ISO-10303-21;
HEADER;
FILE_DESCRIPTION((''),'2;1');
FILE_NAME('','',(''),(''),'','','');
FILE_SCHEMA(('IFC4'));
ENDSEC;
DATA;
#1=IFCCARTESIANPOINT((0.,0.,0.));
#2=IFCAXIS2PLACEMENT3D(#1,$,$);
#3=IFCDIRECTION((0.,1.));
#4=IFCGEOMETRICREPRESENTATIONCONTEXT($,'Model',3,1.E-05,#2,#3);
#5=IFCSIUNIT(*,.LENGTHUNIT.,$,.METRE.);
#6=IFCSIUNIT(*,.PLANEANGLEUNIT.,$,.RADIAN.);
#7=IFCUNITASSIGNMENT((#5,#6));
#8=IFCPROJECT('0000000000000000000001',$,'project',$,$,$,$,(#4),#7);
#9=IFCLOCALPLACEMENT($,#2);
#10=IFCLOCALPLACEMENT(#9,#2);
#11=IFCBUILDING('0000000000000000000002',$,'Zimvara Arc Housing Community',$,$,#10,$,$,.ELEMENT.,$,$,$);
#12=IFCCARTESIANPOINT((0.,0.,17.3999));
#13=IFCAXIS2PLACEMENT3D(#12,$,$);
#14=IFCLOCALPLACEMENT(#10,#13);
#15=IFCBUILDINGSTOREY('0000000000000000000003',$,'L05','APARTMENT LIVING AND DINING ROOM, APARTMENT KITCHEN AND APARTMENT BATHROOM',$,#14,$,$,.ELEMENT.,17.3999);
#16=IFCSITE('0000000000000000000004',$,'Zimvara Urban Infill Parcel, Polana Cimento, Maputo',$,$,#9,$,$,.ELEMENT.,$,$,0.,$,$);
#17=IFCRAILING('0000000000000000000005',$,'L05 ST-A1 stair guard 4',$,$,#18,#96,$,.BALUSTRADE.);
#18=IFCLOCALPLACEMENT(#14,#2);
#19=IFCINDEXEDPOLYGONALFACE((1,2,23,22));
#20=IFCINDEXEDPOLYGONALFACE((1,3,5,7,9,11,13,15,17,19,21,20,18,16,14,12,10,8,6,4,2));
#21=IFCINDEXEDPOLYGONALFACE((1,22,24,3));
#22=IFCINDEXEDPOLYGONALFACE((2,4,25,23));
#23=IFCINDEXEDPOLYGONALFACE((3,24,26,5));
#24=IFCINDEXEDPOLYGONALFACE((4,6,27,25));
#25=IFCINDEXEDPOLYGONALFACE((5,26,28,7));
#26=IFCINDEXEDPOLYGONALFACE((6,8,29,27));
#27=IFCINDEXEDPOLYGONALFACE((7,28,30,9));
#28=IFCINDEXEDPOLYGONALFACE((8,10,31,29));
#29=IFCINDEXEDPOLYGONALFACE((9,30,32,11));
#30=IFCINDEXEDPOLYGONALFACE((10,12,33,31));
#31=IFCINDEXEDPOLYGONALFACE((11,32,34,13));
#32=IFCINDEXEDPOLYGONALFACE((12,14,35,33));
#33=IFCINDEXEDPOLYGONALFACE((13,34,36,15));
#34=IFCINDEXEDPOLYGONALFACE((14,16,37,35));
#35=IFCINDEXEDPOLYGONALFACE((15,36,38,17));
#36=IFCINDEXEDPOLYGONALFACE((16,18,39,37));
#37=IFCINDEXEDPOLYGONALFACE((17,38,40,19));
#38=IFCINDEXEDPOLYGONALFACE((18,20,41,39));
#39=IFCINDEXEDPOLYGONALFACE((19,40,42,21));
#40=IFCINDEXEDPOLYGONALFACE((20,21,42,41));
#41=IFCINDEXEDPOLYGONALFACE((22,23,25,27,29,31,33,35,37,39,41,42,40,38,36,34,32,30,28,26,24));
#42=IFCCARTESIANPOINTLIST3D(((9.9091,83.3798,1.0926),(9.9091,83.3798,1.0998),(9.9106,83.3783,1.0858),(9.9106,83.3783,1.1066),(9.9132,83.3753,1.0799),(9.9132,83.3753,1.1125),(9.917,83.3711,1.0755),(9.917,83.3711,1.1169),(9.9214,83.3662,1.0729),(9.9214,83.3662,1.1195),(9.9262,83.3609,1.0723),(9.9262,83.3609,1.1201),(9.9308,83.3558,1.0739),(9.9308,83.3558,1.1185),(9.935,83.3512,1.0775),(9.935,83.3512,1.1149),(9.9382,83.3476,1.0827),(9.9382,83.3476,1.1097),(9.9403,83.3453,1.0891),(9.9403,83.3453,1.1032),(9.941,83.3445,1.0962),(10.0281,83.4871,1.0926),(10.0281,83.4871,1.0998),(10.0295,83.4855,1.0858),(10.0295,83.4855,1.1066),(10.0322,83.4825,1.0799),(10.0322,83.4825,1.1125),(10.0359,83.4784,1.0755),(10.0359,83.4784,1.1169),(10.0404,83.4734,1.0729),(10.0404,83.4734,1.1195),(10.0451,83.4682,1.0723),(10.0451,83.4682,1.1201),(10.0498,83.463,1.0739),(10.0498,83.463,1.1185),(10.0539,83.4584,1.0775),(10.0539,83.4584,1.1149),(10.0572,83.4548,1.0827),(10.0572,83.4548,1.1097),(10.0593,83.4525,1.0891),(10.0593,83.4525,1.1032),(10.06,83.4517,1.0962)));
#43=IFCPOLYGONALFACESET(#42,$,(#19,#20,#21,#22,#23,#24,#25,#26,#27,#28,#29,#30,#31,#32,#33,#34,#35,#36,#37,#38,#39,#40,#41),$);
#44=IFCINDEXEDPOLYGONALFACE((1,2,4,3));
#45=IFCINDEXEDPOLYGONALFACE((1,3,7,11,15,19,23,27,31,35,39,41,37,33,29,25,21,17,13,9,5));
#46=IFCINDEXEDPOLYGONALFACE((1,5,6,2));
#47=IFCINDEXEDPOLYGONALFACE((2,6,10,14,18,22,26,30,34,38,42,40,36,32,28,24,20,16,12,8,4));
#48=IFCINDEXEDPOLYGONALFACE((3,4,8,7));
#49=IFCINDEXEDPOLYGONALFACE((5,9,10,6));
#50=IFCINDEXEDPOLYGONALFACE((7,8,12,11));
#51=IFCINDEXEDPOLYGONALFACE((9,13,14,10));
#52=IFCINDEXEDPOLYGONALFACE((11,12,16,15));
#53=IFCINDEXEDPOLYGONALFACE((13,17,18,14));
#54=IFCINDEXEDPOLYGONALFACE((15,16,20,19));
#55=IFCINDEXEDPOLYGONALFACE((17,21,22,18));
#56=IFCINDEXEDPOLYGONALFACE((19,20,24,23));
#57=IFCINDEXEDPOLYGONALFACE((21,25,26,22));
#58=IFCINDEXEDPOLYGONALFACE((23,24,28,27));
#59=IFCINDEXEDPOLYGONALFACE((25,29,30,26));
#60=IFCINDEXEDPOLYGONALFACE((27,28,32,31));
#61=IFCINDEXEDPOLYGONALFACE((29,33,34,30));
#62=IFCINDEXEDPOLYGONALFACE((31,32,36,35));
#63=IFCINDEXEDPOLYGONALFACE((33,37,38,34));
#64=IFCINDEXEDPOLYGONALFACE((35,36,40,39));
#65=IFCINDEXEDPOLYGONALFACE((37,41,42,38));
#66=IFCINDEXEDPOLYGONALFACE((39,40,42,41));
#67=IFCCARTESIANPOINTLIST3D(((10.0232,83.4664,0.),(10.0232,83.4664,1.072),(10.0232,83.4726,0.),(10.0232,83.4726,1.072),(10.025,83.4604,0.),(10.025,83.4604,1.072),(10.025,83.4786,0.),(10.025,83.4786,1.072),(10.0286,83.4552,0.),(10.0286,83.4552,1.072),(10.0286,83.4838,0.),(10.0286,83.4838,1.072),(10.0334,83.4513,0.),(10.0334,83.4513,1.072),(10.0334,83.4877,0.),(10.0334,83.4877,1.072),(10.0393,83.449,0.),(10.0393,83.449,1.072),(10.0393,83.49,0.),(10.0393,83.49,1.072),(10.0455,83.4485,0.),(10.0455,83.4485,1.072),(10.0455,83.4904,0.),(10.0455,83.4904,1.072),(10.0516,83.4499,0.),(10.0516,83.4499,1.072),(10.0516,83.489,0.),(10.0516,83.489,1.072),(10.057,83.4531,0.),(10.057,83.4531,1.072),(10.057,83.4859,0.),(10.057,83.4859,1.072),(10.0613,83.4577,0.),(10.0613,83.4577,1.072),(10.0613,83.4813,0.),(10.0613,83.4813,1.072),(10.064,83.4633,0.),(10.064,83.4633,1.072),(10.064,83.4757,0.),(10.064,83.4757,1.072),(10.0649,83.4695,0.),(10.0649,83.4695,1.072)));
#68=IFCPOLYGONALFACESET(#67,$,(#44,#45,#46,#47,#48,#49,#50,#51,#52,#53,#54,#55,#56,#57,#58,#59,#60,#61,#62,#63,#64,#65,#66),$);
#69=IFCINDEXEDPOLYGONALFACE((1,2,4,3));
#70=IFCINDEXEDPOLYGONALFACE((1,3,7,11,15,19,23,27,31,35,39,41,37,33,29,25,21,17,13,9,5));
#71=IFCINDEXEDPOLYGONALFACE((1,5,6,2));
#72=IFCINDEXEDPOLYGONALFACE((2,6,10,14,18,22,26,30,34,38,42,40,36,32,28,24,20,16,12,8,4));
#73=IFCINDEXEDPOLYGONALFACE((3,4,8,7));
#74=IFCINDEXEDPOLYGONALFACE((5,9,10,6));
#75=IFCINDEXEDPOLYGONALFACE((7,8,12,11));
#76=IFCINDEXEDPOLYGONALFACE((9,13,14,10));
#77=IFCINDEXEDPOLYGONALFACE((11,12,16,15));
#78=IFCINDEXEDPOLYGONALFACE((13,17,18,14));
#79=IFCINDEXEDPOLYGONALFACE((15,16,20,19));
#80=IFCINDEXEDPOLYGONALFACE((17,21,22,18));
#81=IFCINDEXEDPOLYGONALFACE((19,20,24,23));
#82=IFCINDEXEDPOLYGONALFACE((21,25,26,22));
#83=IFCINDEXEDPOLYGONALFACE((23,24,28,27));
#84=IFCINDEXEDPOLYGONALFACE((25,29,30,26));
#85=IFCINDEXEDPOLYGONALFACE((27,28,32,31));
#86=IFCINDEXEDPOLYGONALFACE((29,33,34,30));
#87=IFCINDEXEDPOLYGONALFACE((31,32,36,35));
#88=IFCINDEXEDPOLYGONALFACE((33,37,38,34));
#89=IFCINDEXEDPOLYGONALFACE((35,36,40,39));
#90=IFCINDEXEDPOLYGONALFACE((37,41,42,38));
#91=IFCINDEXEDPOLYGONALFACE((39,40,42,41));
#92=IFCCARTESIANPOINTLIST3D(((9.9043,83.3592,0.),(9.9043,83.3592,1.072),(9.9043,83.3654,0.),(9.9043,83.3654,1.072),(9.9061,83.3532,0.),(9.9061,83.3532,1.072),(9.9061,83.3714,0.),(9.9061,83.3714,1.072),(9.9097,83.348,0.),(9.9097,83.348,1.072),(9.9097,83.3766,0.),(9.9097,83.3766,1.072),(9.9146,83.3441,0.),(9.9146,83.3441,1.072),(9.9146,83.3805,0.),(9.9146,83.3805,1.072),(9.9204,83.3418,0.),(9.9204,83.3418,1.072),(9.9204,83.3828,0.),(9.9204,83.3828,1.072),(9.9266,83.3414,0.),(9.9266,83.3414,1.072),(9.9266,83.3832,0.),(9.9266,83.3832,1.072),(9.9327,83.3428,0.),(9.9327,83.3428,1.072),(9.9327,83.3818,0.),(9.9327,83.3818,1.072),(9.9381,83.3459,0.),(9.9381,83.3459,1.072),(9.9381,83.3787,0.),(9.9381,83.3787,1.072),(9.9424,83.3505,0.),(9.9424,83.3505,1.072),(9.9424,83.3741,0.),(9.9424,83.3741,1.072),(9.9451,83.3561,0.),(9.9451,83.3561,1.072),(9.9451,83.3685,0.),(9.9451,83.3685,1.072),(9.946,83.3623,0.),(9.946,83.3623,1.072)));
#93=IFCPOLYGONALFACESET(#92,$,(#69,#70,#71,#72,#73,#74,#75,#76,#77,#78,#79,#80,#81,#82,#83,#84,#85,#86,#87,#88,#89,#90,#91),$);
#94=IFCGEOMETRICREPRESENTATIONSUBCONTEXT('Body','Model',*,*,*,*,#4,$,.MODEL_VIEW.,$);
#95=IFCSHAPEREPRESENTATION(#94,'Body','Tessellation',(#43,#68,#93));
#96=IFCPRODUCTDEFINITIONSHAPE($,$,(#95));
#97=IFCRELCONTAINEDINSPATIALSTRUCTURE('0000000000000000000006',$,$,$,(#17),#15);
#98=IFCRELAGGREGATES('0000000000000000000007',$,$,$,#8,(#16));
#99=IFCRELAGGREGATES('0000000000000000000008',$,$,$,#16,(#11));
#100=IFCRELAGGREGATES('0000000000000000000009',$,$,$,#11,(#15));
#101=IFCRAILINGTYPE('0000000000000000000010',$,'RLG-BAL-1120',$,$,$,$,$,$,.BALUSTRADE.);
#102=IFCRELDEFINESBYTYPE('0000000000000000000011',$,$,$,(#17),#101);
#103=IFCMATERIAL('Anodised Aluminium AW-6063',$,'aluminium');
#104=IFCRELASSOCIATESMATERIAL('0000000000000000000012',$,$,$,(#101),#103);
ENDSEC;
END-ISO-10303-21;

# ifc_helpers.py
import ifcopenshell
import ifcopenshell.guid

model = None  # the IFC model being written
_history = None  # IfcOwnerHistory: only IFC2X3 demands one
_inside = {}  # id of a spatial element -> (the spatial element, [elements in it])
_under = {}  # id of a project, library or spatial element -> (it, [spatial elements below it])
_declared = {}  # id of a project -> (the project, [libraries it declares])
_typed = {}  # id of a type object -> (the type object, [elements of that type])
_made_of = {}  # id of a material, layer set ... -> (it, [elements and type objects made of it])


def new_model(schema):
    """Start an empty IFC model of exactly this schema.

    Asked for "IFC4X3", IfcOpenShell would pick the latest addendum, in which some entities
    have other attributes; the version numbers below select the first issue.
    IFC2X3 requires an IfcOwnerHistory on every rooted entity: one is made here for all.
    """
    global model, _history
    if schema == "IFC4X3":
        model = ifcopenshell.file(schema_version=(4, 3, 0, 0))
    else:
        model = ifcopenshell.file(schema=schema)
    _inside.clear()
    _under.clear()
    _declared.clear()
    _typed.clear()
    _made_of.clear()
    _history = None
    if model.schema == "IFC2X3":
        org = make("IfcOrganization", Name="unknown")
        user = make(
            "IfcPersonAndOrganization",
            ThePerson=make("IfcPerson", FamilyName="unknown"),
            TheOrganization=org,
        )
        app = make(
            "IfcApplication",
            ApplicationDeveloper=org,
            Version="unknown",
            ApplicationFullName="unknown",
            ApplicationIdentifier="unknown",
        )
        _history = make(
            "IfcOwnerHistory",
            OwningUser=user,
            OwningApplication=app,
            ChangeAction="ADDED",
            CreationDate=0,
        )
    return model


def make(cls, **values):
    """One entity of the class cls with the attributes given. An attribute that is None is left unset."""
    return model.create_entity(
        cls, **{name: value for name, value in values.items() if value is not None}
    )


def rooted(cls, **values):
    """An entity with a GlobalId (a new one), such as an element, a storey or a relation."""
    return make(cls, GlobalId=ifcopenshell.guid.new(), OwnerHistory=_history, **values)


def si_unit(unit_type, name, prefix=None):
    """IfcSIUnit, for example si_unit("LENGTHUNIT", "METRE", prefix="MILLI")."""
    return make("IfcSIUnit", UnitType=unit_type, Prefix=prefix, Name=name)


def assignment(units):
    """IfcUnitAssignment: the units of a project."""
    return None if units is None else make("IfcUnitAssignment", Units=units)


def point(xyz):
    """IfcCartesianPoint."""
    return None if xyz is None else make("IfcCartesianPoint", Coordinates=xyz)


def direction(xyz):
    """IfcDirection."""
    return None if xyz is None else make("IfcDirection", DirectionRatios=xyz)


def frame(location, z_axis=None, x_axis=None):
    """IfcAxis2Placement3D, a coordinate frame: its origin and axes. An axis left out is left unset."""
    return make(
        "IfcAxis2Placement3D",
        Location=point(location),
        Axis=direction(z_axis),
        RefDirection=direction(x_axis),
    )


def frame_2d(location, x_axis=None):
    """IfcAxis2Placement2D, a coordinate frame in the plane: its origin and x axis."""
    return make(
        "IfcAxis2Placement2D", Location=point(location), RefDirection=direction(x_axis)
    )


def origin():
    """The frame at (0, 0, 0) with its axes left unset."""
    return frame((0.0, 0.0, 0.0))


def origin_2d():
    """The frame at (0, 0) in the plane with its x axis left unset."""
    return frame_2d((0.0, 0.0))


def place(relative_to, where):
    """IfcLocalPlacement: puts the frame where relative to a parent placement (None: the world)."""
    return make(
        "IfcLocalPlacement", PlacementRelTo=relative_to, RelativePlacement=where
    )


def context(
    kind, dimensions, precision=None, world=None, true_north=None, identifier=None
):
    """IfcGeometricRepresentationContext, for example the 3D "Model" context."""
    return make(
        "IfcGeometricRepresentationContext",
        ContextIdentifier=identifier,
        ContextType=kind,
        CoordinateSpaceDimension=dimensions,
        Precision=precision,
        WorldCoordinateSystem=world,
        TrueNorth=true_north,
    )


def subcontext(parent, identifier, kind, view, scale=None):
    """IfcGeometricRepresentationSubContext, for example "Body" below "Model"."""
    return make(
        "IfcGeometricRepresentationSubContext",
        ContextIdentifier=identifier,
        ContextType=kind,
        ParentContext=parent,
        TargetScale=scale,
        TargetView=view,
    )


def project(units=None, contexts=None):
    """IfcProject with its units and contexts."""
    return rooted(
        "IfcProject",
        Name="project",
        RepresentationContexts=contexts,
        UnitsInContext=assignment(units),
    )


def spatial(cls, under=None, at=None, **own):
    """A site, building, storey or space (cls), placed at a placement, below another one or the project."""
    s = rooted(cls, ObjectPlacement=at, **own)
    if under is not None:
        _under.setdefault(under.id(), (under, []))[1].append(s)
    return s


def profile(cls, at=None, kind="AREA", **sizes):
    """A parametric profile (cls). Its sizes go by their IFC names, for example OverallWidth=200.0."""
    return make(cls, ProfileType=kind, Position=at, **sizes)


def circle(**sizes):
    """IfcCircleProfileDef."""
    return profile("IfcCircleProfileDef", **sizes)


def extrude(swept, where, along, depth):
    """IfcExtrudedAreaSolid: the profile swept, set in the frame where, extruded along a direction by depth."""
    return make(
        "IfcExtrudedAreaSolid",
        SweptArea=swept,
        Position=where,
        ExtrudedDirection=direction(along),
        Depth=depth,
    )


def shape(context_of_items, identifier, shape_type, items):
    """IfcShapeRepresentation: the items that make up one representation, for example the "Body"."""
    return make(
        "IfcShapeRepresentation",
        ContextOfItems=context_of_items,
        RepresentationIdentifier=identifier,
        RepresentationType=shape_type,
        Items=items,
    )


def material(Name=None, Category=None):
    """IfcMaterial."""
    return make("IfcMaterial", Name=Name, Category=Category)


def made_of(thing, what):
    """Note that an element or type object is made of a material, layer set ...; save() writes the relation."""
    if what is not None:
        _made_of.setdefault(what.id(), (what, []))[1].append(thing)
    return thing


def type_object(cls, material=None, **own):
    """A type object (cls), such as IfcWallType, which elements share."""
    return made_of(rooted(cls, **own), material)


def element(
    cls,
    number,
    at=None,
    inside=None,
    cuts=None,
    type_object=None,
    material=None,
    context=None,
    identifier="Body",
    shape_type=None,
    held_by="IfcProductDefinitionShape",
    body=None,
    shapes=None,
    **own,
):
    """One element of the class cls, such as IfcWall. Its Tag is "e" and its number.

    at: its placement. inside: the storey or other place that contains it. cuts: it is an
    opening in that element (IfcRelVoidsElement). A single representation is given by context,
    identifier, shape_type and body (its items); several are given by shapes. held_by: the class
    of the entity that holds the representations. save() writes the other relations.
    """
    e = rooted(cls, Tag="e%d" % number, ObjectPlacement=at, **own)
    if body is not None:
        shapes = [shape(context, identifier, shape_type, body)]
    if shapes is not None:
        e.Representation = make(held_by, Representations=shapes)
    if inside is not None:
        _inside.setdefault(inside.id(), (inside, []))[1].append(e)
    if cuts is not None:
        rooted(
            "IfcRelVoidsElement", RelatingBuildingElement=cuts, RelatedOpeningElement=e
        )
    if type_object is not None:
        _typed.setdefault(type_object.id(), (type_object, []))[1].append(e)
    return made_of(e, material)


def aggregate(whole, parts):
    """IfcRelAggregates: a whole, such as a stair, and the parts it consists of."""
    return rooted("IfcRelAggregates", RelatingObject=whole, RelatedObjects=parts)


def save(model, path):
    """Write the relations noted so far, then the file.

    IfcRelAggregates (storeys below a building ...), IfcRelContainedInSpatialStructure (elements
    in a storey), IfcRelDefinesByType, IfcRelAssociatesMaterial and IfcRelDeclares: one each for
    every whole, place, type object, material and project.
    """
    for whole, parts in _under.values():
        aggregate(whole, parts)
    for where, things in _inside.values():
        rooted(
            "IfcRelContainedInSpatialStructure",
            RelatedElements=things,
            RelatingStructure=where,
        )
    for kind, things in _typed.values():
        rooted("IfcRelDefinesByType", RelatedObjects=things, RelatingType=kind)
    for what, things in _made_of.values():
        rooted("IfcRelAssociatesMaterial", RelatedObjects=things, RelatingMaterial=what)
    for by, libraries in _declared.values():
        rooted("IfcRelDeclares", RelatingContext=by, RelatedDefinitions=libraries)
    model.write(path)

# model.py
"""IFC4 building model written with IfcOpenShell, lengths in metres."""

from ifc_helpers import new_model, si_unit, direction, frame, origin, origin_2d, place, context, subcontext, project, spatial, circle, extrude, material, type_object, element, save


model = new_model("IFC4")

# Units and contexts
model_context = context("Model", 3, precision=1e-05, world=origin(), true_north=direction((0.0, 1.0)))
body_context = subcontext(model_context, "Body", "Model", "MODEL_VIEW")
ifc_project = project(units=[si_unit("LENGTHUNIT", "METRE"), si_unit("PLANEANGLEUNIT", "RADIAN")], contexts=[model_context])

# Site, building, storey
site_placement = place(None, origin())
site = spatial("IfcSite", under=ifc_project, at=site_placement, Name="Zimvara Urban Infill Parcel, Polana Cimento, Maputo", CompositionType="ELEMENT", RefElevation=0.0)
building_placement = place(site_placement, origin())
building = spatial("IfcBuilding", under=site, at=building_placement, Name="Zimvara Arc Housing Community", CompositionType="ELEMENT")
storey_placement = place(building_placement, frame((0.0, 0.0, 17.3999)))
storey = spatial("IfcBuildingStorey", under=building, at=storey_placement, Name="L05", Description="APARTMENT LIVING AND DINING ROOM, APARTMENT KITCHEN AND APARTMENT BATHROOM", CompositionType="ELEMENT", Elevation=17.3999)

# Railing
ifc_material_1 = material(Name="Anodised Aluminium AW-6063", Category="aluminium")
railing_type = type_object("IfcRailingType", Name="RLG-BAL-1120", PredefinedType="BALUSTRADE", material=ifc_material_1)
railing_1_placement = place(storey_placement, frame((10.0439, 83.4695, 0.0)))
element("IfcRailing", 1, at=railing_1_placement, inside=storey, type_object=railing_type, Name="L05 ST-A1 stair guard 4", PredefinedType="BALUSTRADE", context=body_context, shape_type="SweptSolid", body=[
    extrude(circle(Radius=0.0239, at=origin_2d()), frame((0.0, 0.0, 1.0962), z_axis=(-0.742763, -0.669554, 0.0), x_axis=(0.669554, -0.742763, 0.0)), (0.0, 0.0, 1.0), 0.1602),
    extrude(circle(Radius=0.021, at=origin_2d()), origin(), (0.0, 0.0, 1.0), 1.072),
    extrude(circle(Radius=0.021, at=origin_2d()), frame((-0.1189, -0.1072, 0.0)), (0.0, 0.0, 1.0), 1.072),
])

save(model, "model.ifc")
